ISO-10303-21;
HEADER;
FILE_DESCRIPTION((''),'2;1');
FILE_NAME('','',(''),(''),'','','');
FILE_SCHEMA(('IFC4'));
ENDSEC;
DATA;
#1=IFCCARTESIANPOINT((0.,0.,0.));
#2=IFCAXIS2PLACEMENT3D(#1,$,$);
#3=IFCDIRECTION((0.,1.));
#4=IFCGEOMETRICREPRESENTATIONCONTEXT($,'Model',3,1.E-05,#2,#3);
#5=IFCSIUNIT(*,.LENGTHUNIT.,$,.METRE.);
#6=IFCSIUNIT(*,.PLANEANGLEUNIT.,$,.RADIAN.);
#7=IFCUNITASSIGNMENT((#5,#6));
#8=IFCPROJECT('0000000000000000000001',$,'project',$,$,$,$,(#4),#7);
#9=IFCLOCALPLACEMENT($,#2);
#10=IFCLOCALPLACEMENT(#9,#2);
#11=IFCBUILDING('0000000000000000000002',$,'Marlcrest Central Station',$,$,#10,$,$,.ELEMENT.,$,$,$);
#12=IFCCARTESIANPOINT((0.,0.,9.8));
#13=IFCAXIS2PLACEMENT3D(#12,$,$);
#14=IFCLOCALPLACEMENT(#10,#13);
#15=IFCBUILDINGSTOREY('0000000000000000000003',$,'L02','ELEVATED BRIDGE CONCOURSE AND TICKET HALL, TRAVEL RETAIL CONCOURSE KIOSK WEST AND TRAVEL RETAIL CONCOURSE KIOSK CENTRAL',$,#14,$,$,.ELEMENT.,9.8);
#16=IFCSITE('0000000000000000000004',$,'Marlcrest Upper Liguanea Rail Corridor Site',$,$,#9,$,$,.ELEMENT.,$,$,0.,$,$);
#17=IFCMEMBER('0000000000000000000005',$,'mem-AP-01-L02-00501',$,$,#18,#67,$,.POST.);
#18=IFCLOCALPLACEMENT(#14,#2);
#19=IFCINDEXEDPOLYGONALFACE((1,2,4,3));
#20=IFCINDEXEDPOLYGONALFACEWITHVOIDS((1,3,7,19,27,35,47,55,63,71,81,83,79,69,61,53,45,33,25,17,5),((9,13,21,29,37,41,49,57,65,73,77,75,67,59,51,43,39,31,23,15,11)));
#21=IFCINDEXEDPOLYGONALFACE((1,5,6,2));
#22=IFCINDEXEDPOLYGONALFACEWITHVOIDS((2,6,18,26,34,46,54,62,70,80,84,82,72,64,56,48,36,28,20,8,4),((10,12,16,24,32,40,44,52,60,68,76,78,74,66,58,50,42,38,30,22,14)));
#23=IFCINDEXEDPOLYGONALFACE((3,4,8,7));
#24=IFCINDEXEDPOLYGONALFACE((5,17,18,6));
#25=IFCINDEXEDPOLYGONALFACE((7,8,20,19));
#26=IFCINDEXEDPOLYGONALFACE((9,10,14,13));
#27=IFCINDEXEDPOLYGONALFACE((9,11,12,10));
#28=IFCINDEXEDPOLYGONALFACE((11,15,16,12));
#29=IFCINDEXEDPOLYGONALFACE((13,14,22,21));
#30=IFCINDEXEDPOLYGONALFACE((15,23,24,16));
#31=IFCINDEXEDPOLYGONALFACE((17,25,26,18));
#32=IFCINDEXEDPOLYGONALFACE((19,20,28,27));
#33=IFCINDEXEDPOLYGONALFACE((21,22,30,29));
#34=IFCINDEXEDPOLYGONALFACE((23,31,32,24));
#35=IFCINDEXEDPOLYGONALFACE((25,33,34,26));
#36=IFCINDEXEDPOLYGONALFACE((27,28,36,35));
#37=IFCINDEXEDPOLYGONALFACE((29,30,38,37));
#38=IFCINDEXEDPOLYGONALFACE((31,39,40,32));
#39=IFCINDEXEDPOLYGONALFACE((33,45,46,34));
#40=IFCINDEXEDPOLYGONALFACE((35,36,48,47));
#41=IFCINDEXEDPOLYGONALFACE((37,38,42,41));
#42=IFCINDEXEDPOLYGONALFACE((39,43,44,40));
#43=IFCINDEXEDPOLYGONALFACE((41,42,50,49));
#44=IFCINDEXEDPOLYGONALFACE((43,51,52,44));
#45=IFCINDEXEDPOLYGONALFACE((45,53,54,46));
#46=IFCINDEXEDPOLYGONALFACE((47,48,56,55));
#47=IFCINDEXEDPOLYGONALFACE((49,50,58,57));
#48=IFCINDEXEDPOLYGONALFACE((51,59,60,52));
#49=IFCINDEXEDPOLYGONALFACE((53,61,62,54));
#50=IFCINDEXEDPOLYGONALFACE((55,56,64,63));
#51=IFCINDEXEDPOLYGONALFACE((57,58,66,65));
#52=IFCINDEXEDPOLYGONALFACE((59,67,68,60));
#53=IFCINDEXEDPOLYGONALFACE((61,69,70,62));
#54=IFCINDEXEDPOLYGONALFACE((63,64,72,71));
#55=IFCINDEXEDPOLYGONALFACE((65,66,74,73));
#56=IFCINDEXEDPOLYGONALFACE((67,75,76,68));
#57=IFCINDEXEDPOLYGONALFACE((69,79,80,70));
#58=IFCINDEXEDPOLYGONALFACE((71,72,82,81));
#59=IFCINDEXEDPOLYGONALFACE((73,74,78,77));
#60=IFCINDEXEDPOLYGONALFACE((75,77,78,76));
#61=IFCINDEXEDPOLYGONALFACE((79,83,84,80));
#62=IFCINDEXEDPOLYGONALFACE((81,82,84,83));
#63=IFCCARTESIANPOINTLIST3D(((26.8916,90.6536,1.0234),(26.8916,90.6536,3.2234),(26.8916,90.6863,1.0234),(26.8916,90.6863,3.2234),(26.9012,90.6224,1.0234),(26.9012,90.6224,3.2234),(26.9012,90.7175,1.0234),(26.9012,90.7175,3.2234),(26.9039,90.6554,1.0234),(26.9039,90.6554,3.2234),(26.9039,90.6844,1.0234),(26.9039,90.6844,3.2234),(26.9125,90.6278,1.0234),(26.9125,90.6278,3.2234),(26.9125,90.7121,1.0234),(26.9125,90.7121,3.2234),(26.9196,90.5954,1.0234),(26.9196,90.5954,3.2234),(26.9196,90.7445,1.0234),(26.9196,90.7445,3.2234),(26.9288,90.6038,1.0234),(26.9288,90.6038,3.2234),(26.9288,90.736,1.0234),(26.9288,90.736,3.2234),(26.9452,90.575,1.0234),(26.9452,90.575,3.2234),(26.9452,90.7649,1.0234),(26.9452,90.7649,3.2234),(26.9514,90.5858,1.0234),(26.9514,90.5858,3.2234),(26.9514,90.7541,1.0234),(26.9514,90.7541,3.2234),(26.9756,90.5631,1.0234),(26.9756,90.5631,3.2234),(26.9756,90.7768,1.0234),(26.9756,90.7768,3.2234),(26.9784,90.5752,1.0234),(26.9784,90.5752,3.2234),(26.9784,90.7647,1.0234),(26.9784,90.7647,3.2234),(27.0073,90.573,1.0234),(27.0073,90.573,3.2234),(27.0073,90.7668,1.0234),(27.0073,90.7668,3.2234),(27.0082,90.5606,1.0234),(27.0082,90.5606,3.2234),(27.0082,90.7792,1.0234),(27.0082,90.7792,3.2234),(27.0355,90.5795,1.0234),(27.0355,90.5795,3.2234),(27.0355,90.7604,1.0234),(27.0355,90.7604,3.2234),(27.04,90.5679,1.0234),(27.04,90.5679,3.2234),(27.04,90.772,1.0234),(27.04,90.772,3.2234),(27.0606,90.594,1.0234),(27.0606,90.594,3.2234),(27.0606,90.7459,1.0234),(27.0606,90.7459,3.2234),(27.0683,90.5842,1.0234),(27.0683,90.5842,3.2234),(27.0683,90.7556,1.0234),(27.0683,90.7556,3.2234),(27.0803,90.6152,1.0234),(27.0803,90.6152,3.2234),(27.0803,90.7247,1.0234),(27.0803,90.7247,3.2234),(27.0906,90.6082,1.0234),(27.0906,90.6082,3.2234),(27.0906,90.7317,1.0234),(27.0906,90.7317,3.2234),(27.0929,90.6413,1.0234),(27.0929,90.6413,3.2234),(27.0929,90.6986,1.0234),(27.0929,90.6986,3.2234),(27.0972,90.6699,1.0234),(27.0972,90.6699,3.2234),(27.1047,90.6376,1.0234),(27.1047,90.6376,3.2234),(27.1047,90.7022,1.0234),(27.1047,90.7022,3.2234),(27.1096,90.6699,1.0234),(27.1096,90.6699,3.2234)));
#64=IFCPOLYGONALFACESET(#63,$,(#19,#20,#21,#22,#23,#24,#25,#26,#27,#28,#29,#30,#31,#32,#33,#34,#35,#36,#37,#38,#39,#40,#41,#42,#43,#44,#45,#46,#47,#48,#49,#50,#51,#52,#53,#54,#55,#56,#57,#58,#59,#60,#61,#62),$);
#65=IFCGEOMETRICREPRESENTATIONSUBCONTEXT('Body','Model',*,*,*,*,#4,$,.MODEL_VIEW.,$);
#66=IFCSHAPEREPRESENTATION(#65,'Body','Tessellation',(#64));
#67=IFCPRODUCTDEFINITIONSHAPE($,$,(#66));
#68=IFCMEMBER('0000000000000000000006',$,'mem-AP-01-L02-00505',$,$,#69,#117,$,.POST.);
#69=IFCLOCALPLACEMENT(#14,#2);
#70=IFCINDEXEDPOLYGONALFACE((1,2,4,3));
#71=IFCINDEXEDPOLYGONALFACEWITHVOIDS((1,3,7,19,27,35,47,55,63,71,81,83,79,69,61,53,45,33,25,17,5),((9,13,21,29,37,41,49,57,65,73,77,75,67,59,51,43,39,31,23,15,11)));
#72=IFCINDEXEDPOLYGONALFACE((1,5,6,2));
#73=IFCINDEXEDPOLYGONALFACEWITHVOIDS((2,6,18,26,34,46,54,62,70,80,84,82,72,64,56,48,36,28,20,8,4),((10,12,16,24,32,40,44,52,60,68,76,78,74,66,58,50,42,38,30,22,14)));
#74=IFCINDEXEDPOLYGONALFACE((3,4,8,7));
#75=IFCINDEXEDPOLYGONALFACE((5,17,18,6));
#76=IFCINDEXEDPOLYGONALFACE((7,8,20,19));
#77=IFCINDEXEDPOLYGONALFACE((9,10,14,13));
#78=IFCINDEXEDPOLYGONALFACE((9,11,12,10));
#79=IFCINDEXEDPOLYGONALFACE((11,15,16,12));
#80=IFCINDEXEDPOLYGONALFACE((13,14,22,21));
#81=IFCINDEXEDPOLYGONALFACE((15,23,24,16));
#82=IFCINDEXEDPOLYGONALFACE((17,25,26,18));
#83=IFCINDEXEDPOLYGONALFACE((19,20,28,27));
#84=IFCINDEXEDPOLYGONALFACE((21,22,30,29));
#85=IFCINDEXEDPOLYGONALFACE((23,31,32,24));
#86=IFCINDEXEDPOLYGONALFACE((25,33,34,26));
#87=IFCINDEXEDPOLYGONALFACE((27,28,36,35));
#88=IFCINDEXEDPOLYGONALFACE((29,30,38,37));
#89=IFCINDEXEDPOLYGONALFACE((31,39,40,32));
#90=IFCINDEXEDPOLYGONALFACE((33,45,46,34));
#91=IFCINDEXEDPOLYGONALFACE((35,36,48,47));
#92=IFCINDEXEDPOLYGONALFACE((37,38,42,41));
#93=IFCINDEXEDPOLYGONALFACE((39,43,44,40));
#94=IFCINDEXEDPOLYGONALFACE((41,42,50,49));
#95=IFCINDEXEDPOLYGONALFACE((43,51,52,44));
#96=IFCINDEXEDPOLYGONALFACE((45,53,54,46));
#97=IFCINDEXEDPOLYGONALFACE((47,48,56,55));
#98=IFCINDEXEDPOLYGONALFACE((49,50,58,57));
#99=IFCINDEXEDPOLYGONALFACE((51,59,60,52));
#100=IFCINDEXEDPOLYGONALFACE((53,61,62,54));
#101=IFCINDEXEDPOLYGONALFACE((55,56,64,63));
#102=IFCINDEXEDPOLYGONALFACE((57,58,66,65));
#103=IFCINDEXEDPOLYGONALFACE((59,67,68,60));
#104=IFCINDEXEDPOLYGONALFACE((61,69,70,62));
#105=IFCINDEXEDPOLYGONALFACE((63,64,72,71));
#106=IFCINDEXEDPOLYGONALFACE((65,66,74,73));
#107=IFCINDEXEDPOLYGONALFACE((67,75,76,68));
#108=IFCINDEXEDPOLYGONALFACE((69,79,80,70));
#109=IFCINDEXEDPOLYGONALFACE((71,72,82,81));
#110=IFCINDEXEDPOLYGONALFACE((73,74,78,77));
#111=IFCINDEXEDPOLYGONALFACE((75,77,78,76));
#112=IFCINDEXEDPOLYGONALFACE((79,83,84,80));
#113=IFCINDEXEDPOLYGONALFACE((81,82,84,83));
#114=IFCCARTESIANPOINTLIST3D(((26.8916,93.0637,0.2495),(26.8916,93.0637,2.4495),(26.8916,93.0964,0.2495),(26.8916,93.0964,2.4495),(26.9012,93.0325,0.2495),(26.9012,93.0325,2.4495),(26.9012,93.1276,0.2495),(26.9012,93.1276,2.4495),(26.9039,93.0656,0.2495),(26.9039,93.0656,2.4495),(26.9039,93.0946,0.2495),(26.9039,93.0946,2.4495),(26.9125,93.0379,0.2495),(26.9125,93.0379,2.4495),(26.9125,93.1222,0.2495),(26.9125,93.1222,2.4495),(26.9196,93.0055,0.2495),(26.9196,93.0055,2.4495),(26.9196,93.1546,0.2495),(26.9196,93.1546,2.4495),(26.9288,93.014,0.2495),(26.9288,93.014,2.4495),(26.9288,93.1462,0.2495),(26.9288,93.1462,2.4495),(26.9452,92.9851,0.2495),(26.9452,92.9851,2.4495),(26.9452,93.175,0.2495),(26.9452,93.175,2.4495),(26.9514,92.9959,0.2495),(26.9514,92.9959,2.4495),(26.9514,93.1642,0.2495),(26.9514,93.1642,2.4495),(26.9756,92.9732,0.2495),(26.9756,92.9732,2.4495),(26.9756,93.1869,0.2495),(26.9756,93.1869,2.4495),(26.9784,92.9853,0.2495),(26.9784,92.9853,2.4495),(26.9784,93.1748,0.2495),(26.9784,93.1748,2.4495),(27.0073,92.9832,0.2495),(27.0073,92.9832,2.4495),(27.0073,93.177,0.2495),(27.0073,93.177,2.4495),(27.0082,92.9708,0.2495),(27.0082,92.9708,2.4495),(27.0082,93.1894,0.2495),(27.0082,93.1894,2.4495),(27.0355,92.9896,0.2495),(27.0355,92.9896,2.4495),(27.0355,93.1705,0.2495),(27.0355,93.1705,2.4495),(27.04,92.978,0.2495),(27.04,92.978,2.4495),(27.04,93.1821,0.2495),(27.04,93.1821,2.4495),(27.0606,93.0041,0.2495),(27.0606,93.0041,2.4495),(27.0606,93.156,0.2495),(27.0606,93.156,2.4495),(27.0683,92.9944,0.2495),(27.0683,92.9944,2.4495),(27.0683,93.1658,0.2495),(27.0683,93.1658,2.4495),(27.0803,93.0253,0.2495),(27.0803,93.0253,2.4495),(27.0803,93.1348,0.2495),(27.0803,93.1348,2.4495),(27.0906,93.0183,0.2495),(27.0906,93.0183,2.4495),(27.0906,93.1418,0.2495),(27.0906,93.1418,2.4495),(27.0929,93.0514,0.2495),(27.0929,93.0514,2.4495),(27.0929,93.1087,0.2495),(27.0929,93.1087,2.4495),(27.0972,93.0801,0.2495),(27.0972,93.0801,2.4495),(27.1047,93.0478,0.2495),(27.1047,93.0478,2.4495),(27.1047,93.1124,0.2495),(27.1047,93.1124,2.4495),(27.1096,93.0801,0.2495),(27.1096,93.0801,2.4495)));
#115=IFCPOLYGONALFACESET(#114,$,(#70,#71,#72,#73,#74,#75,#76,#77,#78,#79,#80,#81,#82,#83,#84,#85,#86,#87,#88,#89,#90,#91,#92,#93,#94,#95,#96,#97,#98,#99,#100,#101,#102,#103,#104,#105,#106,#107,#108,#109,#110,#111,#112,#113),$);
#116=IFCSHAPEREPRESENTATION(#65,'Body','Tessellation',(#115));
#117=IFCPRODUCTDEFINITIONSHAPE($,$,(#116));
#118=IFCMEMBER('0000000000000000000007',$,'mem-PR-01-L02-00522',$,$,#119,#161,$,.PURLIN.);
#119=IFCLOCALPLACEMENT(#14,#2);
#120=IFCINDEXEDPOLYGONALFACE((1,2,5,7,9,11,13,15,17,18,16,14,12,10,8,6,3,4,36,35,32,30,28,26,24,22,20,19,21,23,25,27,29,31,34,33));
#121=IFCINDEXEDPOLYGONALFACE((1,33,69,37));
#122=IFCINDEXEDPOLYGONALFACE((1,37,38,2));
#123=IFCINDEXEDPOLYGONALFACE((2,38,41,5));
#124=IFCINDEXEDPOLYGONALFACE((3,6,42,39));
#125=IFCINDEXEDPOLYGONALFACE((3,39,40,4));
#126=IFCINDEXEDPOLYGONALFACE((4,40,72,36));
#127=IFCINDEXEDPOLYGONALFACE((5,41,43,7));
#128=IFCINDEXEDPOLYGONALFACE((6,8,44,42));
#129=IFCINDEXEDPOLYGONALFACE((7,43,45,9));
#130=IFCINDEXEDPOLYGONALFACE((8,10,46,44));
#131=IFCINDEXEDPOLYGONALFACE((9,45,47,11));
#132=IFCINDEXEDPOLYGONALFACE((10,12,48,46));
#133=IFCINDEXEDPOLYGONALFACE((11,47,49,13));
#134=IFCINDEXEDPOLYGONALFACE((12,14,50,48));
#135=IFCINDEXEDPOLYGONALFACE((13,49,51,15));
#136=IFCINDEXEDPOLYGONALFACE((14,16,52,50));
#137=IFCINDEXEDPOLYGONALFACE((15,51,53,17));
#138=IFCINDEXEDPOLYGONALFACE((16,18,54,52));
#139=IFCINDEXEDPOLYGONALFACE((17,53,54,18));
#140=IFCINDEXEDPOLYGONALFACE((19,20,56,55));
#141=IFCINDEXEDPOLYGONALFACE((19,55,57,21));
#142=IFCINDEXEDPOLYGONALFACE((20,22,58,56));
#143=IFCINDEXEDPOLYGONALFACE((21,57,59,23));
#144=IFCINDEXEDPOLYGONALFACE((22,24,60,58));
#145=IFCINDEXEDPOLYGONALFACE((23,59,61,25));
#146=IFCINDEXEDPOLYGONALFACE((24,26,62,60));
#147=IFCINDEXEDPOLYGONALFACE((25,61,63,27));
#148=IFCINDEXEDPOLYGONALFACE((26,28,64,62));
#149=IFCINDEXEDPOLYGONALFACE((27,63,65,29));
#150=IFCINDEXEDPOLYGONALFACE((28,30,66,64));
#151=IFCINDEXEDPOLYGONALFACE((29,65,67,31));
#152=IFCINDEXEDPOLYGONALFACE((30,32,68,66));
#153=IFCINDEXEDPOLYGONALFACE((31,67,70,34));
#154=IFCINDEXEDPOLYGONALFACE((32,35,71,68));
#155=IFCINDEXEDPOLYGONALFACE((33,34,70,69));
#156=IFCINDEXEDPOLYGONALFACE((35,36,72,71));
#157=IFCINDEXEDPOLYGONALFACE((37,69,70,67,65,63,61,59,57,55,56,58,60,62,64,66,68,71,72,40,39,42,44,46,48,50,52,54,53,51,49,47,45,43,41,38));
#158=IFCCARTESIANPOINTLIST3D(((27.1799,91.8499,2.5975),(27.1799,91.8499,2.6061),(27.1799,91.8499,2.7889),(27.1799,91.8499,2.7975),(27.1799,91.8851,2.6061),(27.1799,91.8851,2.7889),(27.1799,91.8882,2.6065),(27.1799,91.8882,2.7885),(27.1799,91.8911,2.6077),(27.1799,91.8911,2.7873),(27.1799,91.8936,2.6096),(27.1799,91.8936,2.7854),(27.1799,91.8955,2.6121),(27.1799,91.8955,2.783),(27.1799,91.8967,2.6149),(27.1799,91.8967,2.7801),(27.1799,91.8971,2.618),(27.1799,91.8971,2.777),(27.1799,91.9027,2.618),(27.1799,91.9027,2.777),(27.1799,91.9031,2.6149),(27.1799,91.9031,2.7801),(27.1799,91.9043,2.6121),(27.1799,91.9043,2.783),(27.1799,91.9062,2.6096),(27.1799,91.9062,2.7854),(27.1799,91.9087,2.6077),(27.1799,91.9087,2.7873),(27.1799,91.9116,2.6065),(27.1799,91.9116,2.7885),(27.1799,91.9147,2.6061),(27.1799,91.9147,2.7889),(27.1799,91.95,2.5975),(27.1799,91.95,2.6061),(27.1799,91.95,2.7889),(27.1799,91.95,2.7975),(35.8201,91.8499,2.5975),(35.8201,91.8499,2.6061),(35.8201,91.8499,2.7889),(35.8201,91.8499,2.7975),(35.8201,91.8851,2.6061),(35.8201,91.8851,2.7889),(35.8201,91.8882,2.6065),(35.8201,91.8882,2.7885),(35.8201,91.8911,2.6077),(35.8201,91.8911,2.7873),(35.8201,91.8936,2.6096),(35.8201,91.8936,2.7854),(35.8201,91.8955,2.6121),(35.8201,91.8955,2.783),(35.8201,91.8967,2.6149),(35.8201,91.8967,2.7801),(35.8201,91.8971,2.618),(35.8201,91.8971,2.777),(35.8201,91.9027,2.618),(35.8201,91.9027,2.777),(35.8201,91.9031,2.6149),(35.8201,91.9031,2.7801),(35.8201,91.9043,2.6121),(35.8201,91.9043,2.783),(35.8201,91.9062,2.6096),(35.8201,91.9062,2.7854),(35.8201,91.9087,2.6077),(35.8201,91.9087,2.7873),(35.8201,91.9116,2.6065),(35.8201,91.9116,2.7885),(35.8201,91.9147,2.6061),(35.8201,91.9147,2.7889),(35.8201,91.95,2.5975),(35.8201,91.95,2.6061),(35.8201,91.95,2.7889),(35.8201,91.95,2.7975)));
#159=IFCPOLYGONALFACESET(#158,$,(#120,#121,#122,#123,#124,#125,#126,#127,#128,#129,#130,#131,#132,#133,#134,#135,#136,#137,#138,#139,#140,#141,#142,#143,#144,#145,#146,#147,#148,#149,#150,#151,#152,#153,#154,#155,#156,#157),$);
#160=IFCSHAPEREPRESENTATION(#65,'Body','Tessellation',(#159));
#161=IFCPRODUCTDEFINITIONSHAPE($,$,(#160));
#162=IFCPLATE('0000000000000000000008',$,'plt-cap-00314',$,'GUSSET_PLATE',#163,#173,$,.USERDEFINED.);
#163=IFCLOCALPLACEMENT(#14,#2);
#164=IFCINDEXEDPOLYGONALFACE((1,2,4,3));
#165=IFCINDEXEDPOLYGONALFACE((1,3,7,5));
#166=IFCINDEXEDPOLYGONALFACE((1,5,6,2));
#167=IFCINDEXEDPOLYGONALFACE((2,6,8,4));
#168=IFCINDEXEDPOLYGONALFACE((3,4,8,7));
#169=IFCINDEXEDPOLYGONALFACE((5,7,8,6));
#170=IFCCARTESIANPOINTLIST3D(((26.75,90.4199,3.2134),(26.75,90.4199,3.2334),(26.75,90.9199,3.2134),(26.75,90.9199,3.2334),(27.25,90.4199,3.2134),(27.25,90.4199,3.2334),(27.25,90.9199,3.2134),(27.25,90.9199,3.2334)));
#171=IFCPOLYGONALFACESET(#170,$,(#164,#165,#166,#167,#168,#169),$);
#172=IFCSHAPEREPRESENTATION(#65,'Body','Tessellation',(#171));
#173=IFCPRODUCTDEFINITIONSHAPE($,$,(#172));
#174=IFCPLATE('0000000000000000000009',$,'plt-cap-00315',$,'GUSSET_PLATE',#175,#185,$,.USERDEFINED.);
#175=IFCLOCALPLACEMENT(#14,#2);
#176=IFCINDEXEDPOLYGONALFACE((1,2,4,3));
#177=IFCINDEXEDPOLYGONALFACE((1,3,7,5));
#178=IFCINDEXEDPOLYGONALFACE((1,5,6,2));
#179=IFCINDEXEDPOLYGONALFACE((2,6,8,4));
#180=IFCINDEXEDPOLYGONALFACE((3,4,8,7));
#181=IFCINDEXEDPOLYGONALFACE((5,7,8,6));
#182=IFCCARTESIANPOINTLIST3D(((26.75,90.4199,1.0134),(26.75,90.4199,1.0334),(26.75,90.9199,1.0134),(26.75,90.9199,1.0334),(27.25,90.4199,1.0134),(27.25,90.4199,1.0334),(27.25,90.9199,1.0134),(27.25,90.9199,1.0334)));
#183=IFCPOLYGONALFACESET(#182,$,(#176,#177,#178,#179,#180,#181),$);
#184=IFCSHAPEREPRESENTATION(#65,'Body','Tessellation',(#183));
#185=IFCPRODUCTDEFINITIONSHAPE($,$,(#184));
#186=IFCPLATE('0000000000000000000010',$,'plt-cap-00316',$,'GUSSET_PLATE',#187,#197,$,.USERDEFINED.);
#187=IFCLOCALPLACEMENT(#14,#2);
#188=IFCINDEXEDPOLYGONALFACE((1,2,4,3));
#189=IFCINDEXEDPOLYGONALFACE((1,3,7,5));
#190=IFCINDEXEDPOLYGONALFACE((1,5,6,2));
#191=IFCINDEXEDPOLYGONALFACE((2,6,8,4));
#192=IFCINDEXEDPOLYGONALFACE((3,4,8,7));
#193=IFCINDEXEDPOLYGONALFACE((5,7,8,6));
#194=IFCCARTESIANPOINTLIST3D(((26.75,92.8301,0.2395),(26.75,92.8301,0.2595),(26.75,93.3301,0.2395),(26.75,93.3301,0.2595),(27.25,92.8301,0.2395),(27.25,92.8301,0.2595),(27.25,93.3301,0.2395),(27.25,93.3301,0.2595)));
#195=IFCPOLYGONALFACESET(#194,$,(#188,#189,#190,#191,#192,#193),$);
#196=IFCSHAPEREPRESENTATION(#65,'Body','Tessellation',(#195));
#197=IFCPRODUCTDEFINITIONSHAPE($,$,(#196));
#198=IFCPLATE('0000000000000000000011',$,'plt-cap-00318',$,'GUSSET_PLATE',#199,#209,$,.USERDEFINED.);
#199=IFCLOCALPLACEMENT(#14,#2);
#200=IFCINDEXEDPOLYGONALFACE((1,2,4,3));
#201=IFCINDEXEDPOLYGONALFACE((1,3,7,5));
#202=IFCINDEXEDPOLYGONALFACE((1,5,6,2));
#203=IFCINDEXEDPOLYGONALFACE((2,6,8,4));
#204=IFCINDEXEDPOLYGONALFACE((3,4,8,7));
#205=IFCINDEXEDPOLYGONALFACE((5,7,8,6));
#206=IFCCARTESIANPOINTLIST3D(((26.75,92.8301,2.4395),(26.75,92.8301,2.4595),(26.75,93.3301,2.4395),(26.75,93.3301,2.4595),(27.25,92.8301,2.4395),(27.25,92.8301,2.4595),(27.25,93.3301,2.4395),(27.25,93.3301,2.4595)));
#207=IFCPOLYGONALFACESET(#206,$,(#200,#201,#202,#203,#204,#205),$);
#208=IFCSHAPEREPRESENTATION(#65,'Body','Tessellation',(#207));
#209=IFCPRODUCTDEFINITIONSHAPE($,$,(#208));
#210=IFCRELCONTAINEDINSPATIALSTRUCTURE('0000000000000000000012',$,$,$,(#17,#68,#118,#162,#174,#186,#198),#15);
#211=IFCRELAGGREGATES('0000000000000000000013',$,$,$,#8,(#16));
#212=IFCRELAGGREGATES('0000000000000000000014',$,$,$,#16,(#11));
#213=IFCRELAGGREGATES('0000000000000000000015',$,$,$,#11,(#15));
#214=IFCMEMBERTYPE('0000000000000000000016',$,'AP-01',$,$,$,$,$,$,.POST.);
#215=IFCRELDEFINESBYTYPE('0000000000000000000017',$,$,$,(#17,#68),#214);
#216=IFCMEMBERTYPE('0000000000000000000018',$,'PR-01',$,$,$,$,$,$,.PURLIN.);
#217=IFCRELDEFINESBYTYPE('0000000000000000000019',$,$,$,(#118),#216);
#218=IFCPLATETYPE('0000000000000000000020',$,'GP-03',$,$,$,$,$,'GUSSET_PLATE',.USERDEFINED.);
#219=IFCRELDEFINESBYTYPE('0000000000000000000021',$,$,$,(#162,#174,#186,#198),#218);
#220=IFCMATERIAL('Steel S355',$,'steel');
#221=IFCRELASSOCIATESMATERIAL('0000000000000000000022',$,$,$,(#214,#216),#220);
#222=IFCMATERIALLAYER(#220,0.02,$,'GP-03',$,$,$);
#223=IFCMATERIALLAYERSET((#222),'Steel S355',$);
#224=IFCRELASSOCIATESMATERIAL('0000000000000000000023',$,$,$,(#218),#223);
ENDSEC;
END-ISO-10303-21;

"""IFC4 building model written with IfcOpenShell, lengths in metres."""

from ifc_helpers import new_model, si_unit, direction, frame, origin, origin_2d, place, context, subcontext, project, spatial, rectangle, hollow_circle, i_section, extrude, material, layer, layer_set, material_profile, profile_set, type_object, element, save


model = new_model("IFC4")

# Units and contexts
model_context = context("Model", 3, precision=1e-05, world=origin(), true_north=direction((0.0, 1.0)))
body_context = subcontext(model_context, "Body", "Model", "MODEL_VIEW")
ifc_project = project(units=[si_unit("LENGTHUNIT", "METRE"), si_unit("PLANEANGLEUNIT", "RADIAN")], contexts=[model_context])

# Site, building, storey
site_placement = place(None, origin())
site = spatial("IfcSite", under=ifc_project, at=site_placement, Name="Marlcrest Upper Liguanea Rail Corridor Site", CompositionType="ELEMENT", RefElevation=0.0)
building_placement = place(site_placement, origin())
building = spatial("IfcBuilding", under=site, at=building_placement, Name="Marlcrest Central Station", CompositionType="ELEMENT")
storey_placement = place(building_placement, frame((0.0, 0.0, 9.8)))
storey = spatial("IfcBuildingStorey", under=building, at=storey_placement, Name="L02", Description="ELEVATED BRIDGE CONCOURSE AND TICKET HALL, TRAVEL RETAIL CONCOURSE KIOSK WEST AND TRAVEL RETAIL CONCOURSE KIOSK CENTRAL", CompositionType="ELEMENT", Elevation=9.8)

# Members
ifc_material_1 = material(Name="Steel S355", Category="steel")
ifc_material_profile_1 = material_profile(ifc_material_1, hollow_circle(Radius=0.1096, WallThickness=0.0125, at=origin_2d()), Name="CHS 219.1x12.5")
ifc_profile_set_1 = profile_set([ifc_material_profile_1], Name="Steel S355")
member_type_1 = type_object("IfcMemberType", Name="AP-01", PredefinedType="POST", material=ifc_profile_set_1)
for number, where, z_axis, x_axis, name in (
    (1, (27.0, 90.6699, 1.0234), (0.0, 0.0, 1.0), (1.0, 0.0, 0.0), "mem-AP-01-L02-00501"),
    (2, (27.0, 93.0801, 0.2495), (0.0, 0.0, 1.0), (1.0, 0.0, 0.0), "mem-AP-01-L02-00505"),
):
    element("IfcMember", number, at=place(storey_placement, frame(where, z_axis=z_axis, x_axis=x_axis)), inside=storey, type_object=member_type_1, Name=name, PredefinedType="POST", context=body_context, shape_type="SweptSolid", body=[
        extrude(hollow_circle(Radius=0.1096, WallThickness=0.0125, at=origin_2d()), origin(), (0.0, 0.0, 1.0), 2.2),
    ])
ifc_material_profile_2 = material_profile(ifc_material_1, i_section(OverallWidth=0.1001, OverallDepth=0.2, WebThickness=0.0056, FlangeThickness=0.0085, FilletRadius=0.012, at=origin_2d()), Name="IPE 200")
ifc_profile_set_2 = profile_set([ifc_material_profile_2], Name="Steel S355")
member_type_2 = type_object("IfcMemberType", Name="PR-01", PredefinedType="PURLIN", material=ifc_profile_set_2)
member_1_placement = place(storey_placement, frame((27.1799, 91.8999, 2.6975), z_axis=(1.0, 0.0, 0.0), x_axis=(0.0, 1.0, 0.0)))
element("IfcMember", 3, at=member_1_placement, inside=storey, type_object=member_type_2, Name="mem-PR-01-L02-00522", PredefinedType="PURLIN", context=body_context, shape_type="SweptSolid", body=[
    extrude(i_section(OverallWidth=0.1001, OverallDepth=0.2, WebThickness=0.0056, FlangeThickness=0.0085, FilletRadius=0.012, at=origin_2d()), origin(), (0.0, 0.0, 1.0), 8.6401),
])

# Plates
ifc_layer_1 = layer(ifc_material_1, 0.02, Name="GP-03")
ifc_layer_set_1 = layer_set([ifc_layer_1], Name="Steel S355")
plate_type = type_object("IfcPlateType", Name="GP-03", ElementType="GUSSET_PLATE", PredefinedType="USERDEFINED", material=ifc_layer_set_1)
for number, where, z_axis, x_axis, name in (
    (4, (27.0, 90.6699, 3.2134), (0.0, 0.0, 1.0), (1.0, 0.0, 0.0), "plt-cap-00314"),
    (5, (27.0, 90.6699, 1.0134), (0.0, 0.0, 1.0), (1.0, 0.0, 0.0), "plt-cap-00315"),
    (6, (27.0, 93.0801, 0.2395), (0.0, 0.0, 1.0), (1.0, 0.0, 0.0), "plt-cap-00316"),
    (7, (27.0, 93.0801, 2.4395), (0.0, 0.0, 1.0), (1.0, 0.0, 0.0), "plt-cap-00318"),
):
    element("IfcPlate", number, at=place(storey_placement, frame(where, z_axis=z_axis, x_axis=x_axis)), inside=storey, type_object=plate_type, Name=name, ObjectType="GUSSET_PLATE", PredefinedType="USERDEFINED", context=body_context, shape_type="SweptSolid", body=[
        extrude(rectangle(XDim=0.5, YDim=0.5, at=origin_2d()), origin(), (0.0, 0.0, 1.0), 0.02),
    ])

save(model, "model.ifc")
